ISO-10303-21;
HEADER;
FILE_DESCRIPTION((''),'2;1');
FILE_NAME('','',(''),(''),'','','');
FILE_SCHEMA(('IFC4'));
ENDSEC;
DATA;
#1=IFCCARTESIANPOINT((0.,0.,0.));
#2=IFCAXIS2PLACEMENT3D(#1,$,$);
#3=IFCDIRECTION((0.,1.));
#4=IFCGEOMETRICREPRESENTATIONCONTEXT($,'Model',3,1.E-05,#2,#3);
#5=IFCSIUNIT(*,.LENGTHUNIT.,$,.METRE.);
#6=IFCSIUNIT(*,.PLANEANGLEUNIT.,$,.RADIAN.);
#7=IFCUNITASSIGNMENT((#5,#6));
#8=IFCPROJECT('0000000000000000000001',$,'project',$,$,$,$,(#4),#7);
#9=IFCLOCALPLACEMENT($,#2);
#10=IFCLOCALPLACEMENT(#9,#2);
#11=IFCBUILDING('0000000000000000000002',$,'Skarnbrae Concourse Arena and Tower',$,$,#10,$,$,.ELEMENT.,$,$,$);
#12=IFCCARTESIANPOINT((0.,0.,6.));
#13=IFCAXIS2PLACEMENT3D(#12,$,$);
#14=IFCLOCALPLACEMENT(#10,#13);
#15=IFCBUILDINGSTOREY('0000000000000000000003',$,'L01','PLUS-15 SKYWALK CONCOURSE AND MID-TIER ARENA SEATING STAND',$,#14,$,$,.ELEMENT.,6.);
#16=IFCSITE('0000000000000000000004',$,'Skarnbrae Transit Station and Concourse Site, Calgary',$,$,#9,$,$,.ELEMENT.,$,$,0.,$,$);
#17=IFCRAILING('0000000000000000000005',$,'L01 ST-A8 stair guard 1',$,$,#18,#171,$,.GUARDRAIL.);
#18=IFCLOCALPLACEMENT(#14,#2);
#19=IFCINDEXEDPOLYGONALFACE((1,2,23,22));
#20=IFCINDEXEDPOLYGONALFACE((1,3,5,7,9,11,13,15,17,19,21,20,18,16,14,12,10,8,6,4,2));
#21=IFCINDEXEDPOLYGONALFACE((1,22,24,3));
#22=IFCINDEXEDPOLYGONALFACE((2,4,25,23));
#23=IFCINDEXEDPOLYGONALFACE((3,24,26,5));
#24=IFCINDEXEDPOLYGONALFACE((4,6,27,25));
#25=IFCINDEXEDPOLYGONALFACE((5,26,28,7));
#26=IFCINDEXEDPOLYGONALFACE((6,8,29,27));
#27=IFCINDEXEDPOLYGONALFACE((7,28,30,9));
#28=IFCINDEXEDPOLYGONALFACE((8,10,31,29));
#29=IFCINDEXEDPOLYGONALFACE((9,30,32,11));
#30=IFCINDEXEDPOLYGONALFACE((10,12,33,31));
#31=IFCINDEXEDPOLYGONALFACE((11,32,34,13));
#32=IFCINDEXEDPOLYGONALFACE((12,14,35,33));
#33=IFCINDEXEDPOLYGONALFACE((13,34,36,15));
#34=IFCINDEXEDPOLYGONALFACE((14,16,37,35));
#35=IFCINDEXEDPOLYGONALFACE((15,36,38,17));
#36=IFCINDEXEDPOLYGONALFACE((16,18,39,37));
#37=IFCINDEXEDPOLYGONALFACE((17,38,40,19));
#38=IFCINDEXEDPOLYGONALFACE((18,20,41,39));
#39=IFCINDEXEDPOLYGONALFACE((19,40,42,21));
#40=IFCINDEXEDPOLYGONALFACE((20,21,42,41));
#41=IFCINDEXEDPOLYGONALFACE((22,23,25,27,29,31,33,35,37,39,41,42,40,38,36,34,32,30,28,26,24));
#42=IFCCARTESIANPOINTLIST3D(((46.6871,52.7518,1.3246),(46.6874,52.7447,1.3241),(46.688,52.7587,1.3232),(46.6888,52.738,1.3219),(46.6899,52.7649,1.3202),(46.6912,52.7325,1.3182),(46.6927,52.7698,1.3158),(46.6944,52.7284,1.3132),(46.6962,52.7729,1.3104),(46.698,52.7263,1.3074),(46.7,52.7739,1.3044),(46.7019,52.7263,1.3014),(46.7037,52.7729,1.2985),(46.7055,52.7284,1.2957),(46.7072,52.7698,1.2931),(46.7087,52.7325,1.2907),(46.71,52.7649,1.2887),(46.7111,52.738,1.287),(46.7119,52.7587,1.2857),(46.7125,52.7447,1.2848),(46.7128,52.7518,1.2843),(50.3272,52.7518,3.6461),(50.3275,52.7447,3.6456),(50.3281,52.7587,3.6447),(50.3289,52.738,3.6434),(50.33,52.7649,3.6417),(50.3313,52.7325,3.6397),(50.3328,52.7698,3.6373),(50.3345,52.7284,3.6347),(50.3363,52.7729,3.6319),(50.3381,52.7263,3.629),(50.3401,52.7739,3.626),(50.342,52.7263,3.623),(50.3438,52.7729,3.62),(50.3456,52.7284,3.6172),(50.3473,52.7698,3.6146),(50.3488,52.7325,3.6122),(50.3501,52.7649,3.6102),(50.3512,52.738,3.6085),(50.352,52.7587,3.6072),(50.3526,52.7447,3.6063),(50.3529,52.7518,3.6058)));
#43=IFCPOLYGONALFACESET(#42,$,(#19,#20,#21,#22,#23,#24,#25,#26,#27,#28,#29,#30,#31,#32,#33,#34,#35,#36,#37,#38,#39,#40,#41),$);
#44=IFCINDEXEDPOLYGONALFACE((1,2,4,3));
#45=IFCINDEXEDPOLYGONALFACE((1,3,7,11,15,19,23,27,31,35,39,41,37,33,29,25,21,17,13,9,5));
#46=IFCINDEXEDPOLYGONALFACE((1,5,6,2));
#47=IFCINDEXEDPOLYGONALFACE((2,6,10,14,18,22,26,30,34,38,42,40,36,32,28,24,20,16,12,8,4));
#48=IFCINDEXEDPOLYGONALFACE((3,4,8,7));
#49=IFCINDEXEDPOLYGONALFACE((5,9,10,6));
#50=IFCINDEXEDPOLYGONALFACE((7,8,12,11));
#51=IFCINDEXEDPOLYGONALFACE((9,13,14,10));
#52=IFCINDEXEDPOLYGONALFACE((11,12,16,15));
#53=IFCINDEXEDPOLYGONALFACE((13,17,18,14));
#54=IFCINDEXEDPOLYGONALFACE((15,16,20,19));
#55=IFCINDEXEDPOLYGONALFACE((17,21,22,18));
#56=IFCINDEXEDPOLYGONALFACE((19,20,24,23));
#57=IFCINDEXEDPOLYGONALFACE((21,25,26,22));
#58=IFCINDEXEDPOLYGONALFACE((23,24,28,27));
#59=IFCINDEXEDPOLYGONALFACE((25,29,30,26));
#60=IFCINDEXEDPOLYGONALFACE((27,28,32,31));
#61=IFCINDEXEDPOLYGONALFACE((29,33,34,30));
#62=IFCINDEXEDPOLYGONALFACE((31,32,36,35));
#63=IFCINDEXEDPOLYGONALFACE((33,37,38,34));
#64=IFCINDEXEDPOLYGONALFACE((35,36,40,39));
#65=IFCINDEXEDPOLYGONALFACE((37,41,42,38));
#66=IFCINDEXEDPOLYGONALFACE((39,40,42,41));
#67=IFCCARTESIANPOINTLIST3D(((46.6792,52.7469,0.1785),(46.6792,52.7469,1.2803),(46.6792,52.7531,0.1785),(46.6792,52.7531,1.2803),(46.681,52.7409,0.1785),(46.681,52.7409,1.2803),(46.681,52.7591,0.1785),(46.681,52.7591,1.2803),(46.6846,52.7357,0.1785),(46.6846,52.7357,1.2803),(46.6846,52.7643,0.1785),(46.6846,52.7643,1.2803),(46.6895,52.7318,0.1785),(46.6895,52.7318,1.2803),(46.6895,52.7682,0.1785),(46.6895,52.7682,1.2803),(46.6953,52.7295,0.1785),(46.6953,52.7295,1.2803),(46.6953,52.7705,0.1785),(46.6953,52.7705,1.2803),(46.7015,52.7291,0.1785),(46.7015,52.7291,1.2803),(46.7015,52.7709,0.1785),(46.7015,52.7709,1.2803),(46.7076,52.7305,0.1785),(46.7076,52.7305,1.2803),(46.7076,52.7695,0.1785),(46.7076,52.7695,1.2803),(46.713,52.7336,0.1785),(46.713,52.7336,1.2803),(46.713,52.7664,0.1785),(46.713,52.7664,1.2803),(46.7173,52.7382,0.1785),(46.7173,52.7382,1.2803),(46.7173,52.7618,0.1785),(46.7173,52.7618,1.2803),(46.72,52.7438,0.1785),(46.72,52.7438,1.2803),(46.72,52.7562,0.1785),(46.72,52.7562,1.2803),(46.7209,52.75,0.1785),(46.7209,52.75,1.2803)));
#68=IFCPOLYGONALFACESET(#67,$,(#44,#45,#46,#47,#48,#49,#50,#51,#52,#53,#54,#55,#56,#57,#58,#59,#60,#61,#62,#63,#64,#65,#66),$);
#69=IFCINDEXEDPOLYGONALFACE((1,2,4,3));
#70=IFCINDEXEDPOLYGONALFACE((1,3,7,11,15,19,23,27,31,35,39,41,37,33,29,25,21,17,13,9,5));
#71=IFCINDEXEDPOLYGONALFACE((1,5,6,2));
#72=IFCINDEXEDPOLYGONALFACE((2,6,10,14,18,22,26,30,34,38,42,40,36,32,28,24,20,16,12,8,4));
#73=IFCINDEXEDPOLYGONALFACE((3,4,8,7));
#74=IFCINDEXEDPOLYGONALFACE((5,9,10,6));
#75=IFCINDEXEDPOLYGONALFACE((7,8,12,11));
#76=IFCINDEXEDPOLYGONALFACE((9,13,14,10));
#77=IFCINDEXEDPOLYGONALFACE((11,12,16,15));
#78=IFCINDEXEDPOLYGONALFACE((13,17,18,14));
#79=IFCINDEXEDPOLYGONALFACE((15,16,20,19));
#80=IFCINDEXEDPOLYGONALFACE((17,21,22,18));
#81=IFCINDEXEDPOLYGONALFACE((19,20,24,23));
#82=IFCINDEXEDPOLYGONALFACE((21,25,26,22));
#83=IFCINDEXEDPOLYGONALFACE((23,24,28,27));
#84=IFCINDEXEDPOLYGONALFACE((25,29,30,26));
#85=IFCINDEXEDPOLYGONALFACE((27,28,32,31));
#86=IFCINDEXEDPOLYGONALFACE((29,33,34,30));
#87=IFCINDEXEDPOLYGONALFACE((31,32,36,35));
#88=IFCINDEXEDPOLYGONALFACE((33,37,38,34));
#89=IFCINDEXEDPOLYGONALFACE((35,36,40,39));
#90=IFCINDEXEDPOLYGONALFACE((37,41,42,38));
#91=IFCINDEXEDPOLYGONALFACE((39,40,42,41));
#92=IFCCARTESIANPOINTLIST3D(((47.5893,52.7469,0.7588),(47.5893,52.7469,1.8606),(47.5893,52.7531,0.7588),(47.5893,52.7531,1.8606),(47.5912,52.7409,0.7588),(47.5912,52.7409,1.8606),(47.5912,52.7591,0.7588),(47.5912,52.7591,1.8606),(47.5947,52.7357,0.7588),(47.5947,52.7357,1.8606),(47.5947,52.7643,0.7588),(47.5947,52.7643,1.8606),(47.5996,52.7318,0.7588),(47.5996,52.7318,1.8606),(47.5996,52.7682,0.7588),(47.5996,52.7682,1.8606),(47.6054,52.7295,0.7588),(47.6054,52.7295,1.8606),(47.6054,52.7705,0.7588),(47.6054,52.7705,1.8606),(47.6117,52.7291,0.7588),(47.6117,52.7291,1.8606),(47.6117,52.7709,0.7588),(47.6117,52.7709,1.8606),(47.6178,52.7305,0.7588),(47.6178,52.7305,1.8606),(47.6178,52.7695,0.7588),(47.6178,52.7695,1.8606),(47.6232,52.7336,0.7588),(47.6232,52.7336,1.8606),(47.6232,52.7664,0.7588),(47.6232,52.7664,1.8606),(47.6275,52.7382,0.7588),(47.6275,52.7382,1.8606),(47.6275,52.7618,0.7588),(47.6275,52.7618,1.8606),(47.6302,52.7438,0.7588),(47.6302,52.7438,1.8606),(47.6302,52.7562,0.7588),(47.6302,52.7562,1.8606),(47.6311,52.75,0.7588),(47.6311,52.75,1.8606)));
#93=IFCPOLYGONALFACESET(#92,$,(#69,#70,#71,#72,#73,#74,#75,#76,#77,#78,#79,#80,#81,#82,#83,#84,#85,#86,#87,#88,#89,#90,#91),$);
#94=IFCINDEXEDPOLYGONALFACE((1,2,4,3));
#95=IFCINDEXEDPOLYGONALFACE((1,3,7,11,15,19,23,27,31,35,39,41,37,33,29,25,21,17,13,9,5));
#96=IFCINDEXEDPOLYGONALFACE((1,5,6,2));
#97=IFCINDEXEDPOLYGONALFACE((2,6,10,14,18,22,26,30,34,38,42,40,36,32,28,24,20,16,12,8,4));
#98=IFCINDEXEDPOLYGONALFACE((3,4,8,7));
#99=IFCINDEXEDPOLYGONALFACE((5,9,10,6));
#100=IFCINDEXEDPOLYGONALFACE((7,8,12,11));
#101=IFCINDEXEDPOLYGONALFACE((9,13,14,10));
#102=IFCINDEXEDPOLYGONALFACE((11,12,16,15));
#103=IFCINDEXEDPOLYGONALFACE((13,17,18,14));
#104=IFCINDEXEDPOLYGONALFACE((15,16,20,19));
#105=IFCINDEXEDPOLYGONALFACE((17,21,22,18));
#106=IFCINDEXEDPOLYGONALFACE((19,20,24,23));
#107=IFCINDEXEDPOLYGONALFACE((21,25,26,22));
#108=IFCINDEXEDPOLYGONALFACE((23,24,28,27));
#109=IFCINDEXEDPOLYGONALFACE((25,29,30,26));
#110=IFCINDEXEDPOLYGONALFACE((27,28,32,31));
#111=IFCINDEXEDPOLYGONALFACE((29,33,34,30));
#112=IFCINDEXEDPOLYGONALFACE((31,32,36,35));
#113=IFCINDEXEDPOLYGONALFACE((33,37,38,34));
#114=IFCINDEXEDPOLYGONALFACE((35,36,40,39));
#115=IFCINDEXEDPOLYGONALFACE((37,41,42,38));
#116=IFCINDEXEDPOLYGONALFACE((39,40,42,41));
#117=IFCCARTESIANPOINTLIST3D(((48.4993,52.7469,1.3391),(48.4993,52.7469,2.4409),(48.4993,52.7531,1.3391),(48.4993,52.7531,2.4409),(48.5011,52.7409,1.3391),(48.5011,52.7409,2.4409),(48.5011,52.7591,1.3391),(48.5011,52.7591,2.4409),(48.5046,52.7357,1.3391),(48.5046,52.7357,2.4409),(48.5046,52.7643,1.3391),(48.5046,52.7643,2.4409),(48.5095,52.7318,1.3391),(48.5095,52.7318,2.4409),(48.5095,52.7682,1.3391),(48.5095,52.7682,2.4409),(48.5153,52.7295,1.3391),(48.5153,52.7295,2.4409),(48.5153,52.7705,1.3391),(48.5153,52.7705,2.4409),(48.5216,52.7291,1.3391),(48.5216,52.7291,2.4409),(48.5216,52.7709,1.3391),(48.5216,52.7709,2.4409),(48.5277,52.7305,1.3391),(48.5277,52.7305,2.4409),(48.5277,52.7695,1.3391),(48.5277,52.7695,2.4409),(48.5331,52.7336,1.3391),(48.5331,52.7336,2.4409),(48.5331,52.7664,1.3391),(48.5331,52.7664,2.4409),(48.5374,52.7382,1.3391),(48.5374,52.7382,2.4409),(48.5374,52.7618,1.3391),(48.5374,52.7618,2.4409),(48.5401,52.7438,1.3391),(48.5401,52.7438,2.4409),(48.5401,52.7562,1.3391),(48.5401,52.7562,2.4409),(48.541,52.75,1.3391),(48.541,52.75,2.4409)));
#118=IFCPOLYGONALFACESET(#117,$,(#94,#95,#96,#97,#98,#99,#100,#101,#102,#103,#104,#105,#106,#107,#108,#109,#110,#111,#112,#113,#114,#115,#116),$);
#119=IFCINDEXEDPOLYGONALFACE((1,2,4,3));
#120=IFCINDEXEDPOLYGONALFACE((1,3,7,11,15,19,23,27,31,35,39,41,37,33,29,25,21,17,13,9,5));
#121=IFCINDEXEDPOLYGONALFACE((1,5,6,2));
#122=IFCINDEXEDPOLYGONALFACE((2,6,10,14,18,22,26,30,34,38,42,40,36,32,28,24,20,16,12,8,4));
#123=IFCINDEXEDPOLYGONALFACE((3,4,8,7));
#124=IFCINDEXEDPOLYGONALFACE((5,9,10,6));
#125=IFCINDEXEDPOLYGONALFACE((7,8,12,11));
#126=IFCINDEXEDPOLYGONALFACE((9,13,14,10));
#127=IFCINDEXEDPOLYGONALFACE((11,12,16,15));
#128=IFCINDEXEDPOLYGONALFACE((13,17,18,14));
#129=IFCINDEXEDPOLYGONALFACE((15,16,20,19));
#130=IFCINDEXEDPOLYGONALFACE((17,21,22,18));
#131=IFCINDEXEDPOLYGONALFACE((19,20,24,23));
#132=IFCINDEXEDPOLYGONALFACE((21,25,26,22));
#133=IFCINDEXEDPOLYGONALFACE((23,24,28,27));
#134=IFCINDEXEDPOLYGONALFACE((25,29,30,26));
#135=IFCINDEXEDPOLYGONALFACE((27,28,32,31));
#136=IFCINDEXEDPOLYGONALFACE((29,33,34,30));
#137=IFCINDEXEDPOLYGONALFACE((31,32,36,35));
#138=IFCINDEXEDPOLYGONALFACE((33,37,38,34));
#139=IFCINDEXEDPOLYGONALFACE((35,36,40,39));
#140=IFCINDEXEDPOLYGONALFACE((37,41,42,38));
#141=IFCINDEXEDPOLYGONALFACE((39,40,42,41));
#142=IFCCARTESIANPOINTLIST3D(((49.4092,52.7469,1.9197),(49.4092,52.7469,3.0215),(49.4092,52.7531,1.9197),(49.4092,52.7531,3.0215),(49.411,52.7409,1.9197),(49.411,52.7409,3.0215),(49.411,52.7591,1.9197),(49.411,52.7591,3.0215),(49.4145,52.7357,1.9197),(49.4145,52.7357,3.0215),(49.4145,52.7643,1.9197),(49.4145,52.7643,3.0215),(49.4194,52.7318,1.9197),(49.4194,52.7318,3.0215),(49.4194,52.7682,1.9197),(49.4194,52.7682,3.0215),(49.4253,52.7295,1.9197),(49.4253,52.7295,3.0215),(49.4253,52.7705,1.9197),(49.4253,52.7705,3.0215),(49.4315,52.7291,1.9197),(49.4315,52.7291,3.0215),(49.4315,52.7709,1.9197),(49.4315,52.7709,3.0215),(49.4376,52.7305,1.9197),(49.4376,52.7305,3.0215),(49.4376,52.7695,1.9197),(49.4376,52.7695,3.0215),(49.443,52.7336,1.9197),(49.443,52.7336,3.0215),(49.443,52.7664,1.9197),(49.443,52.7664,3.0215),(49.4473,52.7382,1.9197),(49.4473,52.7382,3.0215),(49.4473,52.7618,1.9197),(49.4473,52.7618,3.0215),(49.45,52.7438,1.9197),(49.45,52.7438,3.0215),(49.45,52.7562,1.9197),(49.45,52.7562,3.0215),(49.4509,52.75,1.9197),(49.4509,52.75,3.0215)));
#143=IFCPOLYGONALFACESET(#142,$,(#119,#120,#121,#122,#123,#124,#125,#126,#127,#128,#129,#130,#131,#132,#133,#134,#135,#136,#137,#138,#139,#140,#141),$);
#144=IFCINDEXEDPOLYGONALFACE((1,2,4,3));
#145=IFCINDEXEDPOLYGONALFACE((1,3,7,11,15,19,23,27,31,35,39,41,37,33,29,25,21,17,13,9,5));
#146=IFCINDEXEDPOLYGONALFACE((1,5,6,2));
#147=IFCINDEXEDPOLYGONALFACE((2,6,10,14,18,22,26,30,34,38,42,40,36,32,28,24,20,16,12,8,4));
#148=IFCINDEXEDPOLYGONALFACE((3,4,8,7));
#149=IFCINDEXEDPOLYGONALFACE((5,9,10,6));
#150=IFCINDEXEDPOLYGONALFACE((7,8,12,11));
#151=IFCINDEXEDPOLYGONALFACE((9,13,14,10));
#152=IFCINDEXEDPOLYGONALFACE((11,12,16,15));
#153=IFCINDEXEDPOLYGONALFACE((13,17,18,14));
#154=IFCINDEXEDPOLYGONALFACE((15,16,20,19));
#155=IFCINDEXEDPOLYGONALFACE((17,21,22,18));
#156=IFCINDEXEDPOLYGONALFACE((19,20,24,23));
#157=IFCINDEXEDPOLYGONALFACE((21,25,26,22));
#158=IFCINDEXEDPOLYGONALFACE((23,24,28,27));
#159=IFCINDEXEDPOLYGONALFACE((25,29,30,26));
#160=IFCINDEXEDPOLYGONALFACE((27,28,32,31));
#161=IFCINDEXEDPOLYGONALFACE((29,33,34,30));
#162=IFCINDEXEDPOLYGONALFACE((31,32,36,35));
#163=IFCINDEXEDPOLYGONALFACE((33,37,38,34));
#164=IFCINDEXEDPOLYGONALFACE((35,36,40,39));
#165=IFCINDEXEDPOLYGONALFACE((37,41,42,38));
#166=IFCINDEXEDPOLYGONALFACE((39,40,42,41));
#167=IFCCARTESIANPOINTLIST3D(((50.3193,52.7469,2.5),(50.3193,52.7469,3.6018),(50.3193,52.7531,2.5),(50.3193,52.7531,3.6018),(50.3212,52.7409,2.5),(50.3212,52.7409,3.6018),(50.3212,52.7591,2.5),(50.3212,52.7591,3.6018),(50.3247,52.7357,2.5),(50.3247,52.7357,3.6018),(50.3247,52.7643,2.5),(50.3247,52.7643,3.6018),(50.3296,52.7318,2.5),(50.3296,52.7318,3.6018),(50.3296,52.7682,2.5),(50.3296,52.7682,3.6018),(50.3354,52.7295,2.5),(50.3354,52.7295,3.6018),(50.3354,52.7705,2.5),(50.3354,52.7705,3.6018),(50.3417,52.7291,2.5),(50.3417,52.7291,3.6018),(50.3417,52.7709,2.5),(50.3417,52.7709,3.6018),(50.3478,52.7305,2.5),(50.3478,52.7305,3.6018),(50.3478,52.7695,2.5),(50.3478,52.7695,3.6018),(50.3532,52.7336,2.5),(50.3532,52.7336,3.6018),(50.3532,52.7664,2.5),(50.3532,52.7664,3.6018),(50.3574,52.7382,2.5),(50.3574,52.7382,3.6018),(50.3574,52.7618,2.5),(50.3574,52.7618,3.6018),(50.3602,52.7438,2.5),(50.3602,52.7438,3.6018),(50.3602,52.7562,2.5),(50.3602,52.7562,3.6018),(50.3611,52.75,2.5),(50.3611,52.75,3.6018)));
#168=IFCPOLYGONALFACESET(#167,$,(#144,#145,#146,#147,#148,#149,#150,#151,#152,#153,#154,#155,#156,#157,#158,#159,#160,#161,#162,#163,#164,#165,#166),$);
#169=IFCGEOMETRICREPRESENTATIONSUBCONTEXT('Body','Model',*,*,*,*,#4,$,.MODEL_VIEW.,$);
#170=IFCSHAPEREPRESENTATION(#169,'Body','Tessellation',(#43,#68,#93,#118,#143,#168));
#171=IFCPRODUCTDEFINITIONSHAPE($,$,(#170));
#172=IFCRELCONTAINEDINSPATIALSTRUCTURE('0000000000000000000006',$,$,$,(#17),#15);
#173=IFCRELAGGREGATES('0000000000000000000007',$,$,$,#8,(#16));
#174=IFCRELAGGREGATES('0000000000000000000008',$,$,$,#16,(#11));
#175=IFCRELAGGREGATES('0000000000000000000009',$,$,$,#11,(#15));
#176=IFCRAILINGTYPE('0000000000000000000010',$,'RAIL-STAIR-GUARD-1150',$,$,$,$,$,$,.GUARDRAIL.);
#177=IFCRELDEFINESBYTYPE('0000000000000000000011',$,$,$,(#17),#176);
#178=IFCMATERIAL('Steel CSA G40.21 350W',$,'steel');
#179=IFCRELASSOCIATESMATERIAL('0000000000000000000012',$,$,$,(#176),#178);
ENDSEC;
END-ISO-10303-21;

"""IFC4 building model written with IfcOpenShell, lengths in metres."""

from ifc_helpers import new_model, si_unit, direction, frame, origin, origin_2d, place, context, subcontext, project, spatial, circle, extrude, material, type_object, element, save


model = new_model("IFC4")

# Units and contexts
model_context = context("Model", 3, precision=1e-05, world=origin(), true_north=direction((0.0, 1.0)))
body_context = subcontext(model_context, "Body", "Model", "MODEL_VIEW")
ifc_project = project(units=[si_unit("LENGTHUNIT", "METRE"), si_unit("PLANEANGLEUNIT", "RADIAN")], contexts=[model_context])

# Site, building, storey
site_placement = place(None, origin())
site = spatial("IfcSite", under=ifc_project, at=site_placement, Name="Skarnbrae Transit Station and Concourse Site, Calgary", CompositionType="ELEMENT", RefElevation=0.0)
building_placement = place(site_placement, origin())
building = spatial("IfcBuilding", under=site, at=building_placement, Name="Skarnbrae Concourse Arena and Tower", CompositionType="ELEMENT")
storey_placement = place(building_placement, frame((0.0, 0.0, 6.0)))
storey = spatial("IfcBuildingStorey", under=building, at=storey_placement, Name="L01", Description="PLUS-15 SKYWALK CONCOURSE AND MID-TIER ARENA SEATING STAND", CompositionType="ELEMENT", Elevation=6.0)

# Shared definitions
ifc_material_1 = material(Name="Steel CSA G40.21 350W", Category="steel")

# Railing
railing_type_1 = type_object("IfcRailingType", Name="RAIL-STAIR-GUARD-1150", PredefinedType="GUARDRAIL", material=ifc_material_1)
railing_1_placement = place(storey_placement, frame((46.7, 52.75, 0.1785)))
element("IfcRailing", 1, at=railing_1_placement, inside=storey, type_object=railing_type_1, Name="L01 ST-A8 stair guard 1", PredefinedType="GUARDRAIL", context=body_context, shape_type="SweptSolid", body=[
    extrude(circle(Radius=0.0239, at=origin_2d()), frame((0.0, 0.0, 1.126), z_axis=(0.843128, 0.0, 0.537713), x_axis=(0.0, 1.0, 0.0)), (0.0, 0.0, 1.0), 4.3174),
    extrude(circle(Radius=0.021, at=origin_2d()), origin(), (0.0, 0.0, 1.0), 1.1018),
    extrude(circle(Radius=0.021, at=origin_2d()), frame((0.9102, 0.0, 0.5803)), (0.0, 0.0, 1.0), 1.1018),
    extrude(circle(Radius=0.021, at=origin_2d()), frame((1.8201, 0.0, 1.1606)), (0.0, 0.0, 1.0), 1.1018),
    extrude(circle(Radius=0.021, at=origin_2d()), frame((2.73, 0.0, 1.7412)), (0.0, 0.0, 1.0), 1.1018),
    extrude(circle(Radius=0.021, at=origin_2d()), frame((3.6401, 0.0, 2.3215)), (0.0, 0.0, 1.0), 1.1018),
])

save(model, "model.ifc")
